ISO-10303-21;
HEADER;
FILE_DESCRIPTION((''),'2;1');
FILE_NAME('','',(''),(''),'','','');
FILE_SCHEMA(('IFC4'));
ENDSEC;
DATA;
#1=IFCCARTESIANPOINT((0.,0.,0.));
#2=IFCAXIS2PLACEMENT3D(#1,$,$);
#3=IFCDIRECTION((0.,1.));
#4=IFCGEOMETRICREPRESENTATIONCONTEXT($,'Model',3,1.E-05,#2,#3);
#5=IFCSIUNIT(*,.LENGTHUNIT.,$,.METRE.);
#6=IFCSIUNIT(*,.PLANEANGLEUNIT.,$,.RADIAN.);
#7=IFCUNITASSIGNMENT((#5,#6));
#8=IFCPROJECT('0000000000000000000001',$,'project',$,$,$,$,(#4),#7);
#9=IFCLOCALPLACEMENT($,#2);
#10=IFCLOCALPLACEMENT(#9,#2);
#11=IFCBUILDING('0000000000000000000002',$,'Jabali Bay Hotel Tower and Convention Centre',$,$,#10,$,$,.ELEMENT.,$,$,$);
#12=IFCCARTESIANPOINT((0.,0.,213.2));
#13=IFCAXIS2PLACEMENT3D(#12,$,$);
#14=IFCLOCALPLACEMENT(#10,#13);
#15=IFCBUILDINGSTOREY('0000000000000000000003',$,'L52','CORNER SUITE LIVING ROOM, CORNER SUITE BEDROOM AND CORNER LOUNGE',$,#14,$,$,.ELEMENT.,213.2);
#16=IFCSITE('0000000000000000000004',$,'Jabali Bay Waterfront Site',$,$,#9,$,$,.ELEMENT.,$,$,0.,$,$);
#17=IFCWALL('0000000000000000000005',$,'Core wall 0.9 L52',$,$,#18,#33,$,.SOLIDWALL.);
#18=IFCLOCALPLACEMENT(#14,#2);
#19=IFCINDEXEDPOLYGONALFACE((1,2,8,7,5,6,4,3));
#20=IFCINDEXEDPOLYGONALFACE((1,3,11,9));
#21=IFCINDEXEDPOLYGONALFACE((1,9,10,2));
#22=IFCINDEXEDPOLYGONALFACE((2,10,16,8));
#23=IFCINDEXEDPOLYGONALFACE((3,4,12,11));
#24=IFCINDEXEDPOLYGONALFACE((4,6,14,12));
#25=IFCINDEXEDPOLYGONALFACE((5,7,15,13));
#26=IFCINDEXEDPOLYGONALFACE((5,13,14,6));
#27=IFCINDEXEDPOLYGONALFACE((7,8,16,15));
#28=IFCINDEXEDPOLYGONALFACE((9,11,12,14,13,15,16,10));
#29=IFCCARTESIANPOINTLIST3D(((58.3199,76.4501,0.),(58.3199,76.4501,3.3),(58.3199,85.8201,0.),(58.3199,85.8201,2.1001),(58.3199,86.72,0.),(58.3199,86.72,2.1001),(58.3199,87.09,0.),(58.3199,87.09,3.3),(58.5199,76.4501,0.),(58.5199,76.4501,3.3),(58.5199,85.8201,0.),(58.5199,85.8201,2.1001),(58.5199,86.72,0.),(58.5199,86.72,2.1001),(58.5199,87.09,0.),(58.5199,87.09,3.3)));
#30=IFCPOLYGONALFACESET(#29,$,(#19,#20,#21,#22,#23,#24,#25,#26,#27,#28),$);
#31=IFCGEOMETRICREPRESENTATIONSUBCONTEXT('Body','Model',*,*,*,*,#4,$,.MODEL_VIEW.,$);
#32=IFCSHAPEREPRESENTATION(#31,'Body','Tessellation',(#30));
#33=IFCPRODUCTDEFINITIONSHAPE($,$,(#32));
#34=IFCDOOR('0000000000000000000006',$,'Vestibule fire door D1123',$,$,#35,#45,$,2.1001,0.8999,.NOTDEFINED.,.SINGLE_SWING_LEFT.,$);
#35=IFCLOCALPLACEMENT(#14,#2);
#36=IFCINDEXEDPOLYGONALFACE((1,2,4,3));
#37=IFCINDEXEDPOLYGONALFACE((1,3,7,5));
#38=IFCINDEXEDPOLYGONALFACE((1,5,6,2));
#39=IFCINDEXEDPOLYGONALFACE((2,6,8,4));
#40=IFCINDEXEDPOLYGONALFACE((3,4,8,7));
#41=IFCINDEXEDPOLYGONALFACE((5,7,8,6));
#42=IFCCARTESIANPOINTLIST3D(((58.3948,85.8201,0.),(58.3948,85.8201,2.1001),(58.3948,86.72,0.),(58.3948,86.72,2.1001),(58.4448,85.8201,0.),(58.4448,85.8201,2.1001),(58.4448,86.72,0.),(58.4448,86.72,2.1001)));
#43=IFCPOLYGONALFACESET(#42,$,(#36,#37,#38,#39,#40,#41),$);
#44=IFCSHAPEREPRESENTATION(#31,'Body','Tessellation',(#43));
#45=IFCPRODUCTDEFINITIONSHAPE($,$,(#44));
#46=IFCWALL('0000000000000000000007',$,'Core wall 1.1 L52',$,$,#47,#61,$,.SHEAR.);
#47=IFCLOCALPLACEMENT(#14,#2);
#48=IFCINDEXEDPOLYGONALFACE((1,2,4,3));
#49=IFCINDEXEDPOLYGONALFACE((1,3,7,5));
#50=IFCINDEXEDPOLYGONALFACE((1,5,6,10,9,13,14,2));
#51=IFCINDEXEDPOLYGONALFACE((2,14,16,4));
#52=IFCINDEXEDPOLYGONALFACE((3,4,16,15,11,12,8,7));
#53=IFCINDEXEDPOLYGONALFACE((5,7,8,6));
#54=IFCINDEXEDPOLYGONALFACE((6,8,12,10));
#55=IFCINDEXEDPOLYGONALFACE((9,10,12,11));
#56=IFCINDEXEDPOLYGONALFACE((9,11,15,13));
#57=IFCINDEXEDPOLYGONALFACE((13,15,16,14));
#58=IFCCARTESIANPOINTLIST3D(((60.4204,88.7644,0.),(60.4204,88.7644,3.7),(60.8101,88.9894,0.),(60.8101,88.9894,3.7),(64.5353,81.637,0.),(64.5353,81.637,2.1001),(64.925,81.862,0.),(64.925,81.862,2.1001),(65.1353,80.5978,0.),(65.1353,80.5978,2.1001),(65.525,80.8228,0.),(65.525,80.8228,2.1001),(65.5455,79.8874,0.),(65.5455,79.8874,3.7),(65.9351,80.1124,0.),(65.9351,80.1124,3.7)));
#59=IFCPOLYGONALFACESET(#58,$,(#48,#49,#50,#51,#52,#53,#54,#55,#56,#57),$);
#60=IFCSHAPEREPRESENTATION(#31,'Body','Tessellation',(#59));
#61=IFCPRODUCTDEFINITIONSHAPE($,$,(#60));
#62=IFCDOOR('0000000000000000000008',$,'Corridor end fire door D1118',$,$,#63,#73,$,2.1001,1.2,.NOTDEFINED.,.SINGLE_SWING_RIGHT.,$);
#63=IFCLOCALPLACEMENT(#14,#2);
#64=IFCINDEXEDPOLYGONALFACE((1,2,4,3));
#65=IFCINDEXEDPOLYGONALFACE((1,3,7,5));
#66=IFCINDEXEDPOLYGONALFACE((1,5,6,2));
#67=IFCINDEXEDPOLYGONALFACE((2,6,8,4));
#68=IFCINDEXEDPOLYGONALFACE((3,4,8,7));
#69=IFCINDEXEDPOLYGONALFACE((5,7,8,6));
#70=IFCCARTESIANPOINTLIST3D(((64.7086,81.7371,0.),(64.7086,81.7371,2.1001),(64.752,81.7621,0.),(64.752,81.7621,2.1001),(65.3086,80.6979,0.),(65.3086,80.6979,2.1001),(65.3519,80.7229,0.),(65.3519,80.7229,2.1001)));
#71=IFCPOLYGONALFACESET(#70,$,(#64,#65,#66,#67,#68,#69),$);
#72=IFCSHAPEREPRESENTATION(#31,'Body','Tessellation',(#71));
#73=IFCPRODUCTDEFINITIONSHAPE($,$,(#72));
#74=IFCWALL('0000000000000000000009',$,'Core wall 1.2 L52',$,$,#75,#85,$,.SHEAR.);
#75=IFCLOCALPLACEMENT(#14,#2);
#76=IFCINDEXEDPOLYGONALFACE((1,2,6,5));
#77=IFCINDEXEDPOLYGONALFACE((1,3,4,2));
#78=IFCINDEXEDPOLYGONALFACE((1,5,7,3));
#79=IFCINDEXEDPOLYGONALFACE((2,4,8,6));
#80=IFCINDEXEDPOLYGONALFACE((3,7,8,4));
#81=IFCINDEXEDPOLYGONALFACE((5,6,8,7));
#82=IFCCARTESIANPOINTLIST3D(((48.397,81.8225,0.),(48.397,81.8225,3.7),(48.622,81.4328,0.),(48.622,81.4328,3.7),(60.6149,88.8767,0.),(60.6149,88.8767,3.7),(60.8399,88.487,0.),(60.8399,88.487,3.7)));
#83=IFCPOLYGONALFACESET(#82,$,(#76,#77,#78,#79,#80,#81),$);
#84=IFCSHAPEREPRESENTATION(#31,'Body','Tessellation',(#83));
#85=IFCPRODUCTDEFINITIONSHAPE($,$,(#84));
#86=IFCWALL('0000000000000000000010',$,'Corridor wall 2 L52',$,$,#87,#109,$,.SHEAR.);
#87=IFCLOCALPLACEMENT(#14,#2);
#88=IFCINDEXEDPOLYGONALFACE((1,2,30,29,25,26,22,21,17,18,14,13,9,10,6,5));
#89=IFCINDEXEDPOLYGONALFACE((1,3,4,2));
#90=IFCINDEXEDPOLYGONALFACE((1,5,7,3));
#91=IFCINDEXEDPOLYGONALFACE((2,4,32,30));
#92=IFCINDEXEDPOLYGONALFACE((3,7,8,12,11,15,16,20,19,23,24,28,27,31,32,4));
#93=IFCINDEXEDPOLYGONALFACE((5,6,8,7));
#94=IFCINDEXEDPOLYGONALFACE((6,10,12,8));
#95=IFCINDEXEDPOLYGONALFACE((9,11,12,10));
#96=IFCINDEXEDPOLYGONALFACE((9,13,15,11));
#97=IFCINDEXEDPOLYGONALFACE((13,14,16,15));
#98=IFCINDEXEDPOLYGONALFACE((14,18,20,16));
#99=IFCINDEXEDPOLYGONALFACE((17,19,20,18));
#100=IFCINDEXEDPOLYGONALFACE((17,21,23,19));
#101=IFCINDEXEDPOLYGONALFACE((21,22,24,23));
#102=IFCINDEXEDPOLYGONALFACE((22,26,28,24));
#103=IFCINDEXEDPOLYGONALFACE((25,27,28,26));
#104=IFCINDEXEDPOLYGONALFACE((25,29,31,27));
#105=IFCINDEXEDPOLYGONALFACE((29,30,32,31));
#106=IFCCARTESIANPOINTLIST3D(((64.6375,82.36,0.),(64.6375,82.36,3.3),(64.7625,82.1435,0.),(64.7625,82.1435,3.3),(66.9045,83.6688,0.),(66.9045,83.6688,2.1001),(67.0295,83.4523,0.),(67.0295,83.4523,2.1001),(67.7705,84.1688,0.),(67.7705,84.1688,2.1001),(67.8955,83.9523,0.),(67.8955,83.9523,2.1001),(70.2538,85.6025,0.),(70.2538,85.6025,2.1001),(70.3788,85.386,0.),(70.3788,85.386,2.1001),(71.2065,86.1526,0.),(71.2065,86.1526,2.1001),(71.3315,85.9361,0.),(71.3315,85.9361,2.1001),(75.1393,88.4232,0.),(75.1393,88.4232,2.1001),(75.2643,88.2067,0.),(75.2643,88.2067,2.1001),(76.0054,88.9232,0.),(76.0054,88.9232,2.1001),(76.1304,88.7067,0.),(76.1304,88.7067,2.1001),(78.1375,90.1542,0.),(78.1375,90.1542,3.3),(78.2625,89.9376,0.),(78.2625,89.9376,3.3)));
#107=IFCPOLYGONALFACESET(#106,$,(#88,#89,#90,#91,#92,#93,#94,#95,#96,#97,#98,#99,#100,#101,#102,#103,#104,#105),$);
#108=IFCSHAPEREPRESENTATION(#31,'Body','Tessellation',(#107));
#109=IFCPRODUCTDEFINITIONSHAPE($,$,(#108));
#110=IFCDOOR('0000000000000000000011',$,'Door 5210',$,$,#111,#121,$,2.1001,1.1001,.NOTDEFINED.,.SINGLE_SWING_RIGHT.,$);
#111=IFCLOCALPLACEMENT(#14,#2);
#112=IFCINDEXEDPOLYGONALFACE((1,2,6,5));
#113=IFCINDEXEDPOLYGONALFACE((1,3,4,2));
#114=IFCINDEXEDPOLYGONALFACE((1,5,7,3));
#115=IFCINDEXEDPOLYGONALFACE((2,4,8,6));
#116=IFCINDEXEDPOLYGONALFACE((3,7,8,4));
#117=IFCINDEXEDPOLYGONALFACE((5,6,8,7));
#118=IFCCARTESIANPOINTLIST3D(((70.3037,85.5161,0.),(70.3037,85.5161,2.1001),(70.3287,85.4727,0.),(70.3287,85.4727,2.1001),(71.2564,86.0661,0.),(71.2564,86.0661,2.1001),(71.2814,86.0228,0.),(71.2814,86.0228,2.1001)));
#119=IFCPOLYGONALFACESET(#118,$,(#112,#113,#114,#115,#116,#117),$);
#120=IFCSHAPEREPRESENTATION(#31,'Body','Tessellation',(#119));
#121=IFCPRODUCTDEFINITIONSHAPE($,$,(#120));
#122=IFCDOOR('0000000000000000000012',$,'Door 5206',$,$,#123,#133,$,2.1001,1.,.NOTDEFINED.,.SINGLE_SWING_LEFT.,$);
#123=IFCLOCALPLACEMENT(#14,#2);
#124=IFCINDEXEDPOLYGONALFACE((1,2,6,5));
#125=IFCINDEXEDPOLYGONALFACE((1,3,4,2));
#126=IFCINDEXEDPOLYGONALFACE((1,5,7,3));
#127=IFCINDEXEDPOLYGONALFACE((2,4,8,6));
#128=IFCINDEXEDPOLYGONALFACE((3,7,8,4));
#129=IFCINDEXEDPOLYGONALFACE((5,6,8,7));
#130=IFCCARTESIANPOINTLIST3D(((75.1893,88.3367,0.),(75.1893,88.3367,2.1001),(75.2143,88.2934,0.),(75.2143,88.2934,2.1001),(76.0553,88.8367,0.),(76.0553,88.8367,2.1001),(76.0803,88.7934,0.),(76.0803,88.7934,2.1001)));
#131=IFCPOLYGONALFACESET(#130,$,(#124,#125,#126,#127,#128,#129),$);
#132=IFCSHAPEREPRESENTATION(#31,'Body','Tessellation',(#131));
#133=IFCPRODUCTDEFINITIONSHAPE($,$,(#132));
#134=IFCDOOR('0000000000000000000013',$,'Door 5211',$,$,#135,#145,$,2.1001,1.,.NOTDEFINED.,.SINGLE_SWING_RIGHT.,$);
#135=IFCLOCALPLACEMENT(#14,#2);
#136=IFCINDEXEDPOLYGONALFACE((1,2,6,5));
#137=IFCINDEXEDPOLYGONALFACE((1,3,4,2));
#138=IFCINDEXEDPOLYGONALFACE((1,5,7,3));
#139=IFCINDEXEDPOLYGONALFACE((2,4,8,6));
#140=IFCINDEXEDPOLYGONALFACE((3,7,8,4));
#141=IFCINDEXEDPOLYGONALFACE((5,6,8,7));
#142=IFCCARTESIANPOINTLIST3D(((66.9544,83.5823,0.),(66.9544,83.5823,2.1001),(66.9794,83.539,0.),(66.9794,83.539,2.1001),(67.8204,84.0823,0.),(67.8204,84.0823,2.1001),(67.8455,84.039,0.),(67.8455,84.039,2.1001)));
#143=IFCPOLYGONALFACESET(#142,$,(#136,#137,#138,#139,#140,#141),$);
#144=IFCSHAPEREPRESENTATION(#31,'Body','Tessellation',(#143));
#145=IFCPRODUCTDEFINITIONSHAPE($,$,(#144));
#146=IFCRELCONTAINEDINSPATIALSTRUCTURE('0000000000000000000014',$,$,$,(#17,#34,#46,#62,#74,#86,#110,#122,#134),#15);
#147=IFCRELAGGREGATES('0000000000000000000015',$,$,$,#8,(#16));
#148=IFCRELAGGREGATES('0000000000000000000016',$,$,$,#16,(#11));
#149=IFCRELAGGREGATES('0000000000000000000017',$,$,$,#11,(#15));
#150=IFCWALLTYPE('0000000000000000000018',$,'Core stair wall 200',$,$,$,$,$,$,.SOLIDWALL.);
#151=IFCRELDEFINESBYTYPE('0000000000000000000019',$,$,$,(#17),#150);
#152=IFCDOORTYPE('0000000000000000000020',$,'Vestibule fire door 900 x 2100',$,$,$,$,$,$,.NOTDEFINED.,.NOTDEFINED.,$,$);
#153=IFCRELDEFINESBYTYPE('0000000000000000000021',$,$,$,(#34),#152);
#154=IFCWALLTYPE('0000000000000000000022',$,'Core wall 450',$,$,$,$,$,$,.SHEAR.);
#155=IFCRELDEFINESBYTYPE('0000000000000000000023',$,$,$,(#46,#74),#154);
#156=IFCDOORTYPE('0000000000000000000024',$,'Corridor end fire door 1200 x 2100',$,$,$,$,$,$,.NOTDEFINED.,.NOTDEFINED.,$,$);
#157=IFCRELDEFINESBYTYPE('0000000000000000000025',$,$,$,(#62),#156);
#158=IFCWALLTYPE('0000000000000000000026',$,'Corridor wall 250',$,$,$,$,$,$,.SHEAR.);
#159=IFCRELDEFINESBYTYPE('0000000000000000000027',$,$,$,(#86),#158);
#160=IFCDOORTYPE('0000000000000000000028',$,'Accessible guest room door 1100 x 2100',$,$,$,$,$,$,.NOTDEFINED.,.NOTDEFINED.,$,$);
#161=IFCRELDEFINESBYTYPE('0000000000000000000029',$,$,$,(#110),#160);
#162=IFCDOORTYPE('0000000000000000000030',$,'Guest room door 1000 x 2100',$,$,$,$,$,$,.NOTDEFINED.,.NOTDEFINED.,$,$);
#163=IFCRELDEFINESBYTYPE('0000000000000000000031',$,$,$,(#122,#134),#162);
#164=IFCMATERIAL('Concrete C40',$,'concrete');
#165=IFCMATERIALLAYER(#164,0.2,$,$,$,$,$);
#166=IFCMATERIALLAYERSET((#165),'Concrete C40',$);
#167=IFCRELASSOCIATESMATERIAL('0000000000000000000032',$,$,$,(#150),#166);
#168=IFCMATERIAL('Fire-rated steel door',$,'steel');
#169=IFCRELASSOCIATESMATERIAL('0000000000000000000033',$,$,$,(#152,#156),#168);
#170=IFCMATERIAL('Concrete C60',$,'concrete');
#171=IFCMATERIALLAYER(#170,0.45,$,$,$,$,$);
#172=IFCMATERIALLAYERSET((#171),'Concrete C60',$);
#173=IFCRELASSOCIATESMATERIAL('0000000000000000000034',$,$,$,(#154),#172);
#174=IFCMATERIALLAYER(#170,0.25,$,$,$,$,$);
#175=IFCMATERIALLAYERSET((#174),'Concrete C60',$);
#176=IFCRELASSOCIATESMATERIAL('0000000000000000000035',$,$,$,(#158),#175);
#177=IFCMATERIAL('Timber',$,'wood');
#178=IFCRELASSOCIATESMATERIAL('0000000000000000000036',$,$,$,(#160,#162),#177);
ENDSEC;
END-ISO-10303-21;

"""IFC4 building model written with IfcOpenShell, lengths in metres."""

from ifc_helpers import new_model, si_unit, direction, frame, frame_2d, origin, place, context, subcontext, project, spatial, rectangle, extrude, material, layer, layer_set, type_object, element, fill, save


model = new_model("IFC4")

# Units and contexts
model_context = context("Model", 3, precision=1e-05, world=origin(), true_north=direction((0.0, 1.0)))
body_context = subcontext(model_context, "Body", "Model", "MODEL_VIEW")
ifc_project = project(units=[si_unit("LENGTHUNIT", "METRE"), si_unit("PLANEANGLEUNIT", "RADIAN")], contexts=[model_context])

# Site, building, storey
site_placement = place(None, origin())
site = spatial("IfcSite", under=ifc_project, at=site_placement, Name="Jabali Bay Waterfront Site", CompositionType="ELEMENT", RefElevation=0.0)
building_placement = place(site_placement, origin())
building = spatial("IfcBuilding", under=site, at=building_placement, Name="Jabali Bay Hotel Tower and Convention Centre", CompositionType="ELEMENT")
storey_placement = place(building_placement, frame((0.0, 0.0, 213.2)))
storey = spatial("IfcBuildingStorey", under=building, at=storey_placement, Name="L52", Description="CORNER SUITE LIVING ROOM, CORNER SUITE BEDROOM AND CORNER LOUNGE", CompositionType="ELEMENT", Elevation=213.2)

# Shared definitions
ifc_material_1 = material(Name="Fire-rated steel door", Category="steel")

# Shared definitions
ifc_material_2 = material(Name="Concrete C40", Category="concrete")
ifc_layer_1 = layer(ifc_material_2, 0.2)
ifc_layer_set_1 = layer_set([ifc_layer_1], Name="Concrete C40")
wall_type_1 = type_object("IfcWallType", Name="Core stair wall 200", PredefinedType="SOLIDWALL", material=ifc_layer_set_1)

# Walls, openings, doors
wall_1_placement = place(storey_placement, frame((58.4199, 87.0898, 0.0), z_axis=(0.0, 0.0, 1.0), x_axis=(0.0, -1.0, 0.0)))
wall_1 = element("IfcWall", 1, at=wall_1_placement, inside=storey, type_object=wall_type_1, Name="Core wall 0.9 L52", PredefinedType="SOLIDWALL", context=body_context, shape_type="SweptSolid", body=[
    extrude(rectangle(XDim=10.6399, YDim=0.2, at=frame_2d((5.3198, 0.0))), origin(), (0.0, 0.0, 1.0), 3.3),
])
opening_1_placement = place(wall_1_placement, frame((0.3699, 0.0, 0.0)))
opening_1 = element("IfcOpeningElement", 2, at=opening_1_placement, cuts=wall_1, PredefinedType="OPENING", context=body_context, shape_type="SweptSolid", body=[
    extrude(rectangle(XDim=0.8999, YDim=2.1001, at=frame_2d((0.45, 1.05))), frame((0.0, 0.1104, 0.0), z_axis=(0.0, -1.0, 0.0), x_axis=(1.0, 0.0, 0.0)), (0.0, 0.0, 1.0), 0.2209),
])
door_type_1 = type_object("IfcDoorType", Name="Vestibule fire door 900 x 2100", OperationType="NOTDEFINED", PredefinedType="NOTDEFINED", material=ifc_material_1)
door_1_placement = place(opening_1_placement, origin())
door_1 = element("IfcDoor", 3, at=door_1_placement, inside=storey, type_object=door_type_1, Name="Vestibule fire door D1123", OperationType="SINGLE_SWING_LEFT", OverallHeight=2.1001, OverallWidth=0.8999, PredefinedType="NOTDEFINED", context=body_context, shape_type="SweptSolid", body=[
    extrude(rectangle(XDim=0.8999, YDim=2.1001, at=frame_2d((0.45, 1.05))), frame((0.0, 0.0249, 0.0), z_axis=(0.0, -1.0, 0.0), x_axis=(1.0, 0.0, 0.0)), (0.0, 0.0, 1.0), 0.05),
])
fill(opening_1, door_1)
ifc_material_3 = material(Name="Concrete C60", Category="concrete")
ifc_layer_2 = layer(ifc_material_3, 0.45)
ifc_layer_set_2 = layer_set([ifc_layer_2], Name="Concrete C60")
wall_type_2 = type_object("IfcWallType", Name="Core wall 450", PredefinedType="SHEAR", material=ifc_layer_set_2)
wall_2_placement = place(storey_placement, frame((65.7402, 80.0, 0.0), z_axis=(0.0, 0.0, 1.0), x_axis=(-0.499992, 0.86603, 0.0)))
wall_2 = element("IfcWall", 4, at=wall_2_placement, inside=storey, type_object=wall_type_2, Name="Core wall 1.1 L52", PredefinedType="SHEAR", context=body_context, shape_type="SweptSolid", body=[
    extrude(rectangle(XDim=10.2502, YDim=0.45, at=frame_2d((5.125, 0.0))), origin(), (0.0, 0.0, 1.0), 3.7),
])
opening_2_placement = place(wall_2_placement, frame((0.8201, 0.0, 0.0)))
opening_2 = element("IfcOpeningElement", 5, at=opening_2_placement, cuts=wall_2, PredefinedType="OPENING", context=body_context, shape_type="SweptSolid", body=[
    extrude(rectangle(XDim=1.2, YDim=2.1001, at=frame_2d((0.6001, 1.05))), frame((0.0, 0.2354, 0.0), z_axis=(0.0, -1.0, 0.0), x_axis=(1.0, 0.0, 0.0)), (0.0, 0.0, 1.0), 0.4709),
])
door_type_2 = type_object("IfcDoorType", Name="Corridor end fire door 1200 x 2100", OperationType="NOTDEFINED", PredefinedType="NOTDEFINED", material=ifc_material_1)
door_2_placement = place(opening_2_placement, origin())
door_2 = element("IfcDoor", 6, at=door_2_placement, inside=storey, type_object=door_type_2, Name="Corridor end fire door D1118", OperationType="SINGLE_SWING_RIGHT", OverallHeight=2.1001, OverallWidth=1.2, PredefinedType="NOTDEFINED", context=body_context, shape_type="SweptSolid", body=[
    extrude(rectangle(XDim=1.2, YDim=2.1001, at=frame_2d((0.6001, 1.05))), frame((0.0, 0.0249, 0.0), z_axis=(0.0, -1.0, 0.0), x_axis=(1.0, 0.0, 0.0)), (0.0, 0.0, 1.0), 0.05),
])
fill(opening_2, door_2)

# Wall
wall_3_placement = place(storey_placement, frame((60.7275, 88.6819, 0.0), z_axis=(0.0, 0.0, 1.0), x_axis=(-0.866022, -0.500007, 0.0)))
element("IfcWall", 7, at=wall_3_placement, inside=storey, type_object=wall_type_2, Name="Core wall 1.2 L52", PredefinedType="SHEAR", context=body_context, shape_type="SweptSolid", body=[
    extrude(rectangle(XDim=14.1082, YDim=0.45, at=frame_2d((7.0542, 0.0))), origin(), (0.0, 0.0, 1.0), 3.7),
])

# Wall, openings, doors
ifc_layer_3 = layer(ifc_material_3, 0.25)
ifc_layer_set_3 = layer_set([ifc_layer_3], Name="Concrete C60")
wall_type_3 = type_object("IfcWallType", Name="Corridor wall 250", PredefinedType="SHEAR", material=ifc_layer_set_3)
wall_4_placement = place(storey_placement, frame((78.2, 90.0459, 0.0), z_axis=(0.0, 0.0, 1.0), x_axis=(-0.866026, -0.499998, 0.0)))
wall_4 = element("IfcWall", 8, at=wall_4_placement, inside=storey, type_object=wall_type_3, Name="Corridor wall 2 L52", PredefinedType="SHEAR", context=body_context, shape_type="SweptSolid", body=[
    extrude(rectangle(XDim=15.5884, YDim=0.25, at=frame_2d((7.7942, 0.0))), origin(), (0.0, 0.0, 1.0), 3.3),
])
opening_3_placement = place(wall_4_placement, frame((2.4619, 0.0, 0.0)))
opening_3 = element("IfcOpeningElement", 9, at=opening_3_placement, cuts=wall_4, PredefinedType="OPENING", context=body_context, shape_type="SweptSolid", body=[
    extrude(rectangle(XDim=1.0, YDim=2.1001, at=frame_2d((0.5, 1.05))), frame((0.0, 0.1355, 0.0), z_axis=(0.0, -1.0, 0.0), x_axis=(1.0, 0.0, 0.0)), (0.0, 0.0, 1.0), 0.271),
])
opening_4_placement = place(wall_4_placement, frame((8.0032, 0.0, 0.0)))
opening_4 = element("IfcOpeningElement", 10, at=opening_4_placement, cuts=wall_4, PredefinedType="OPENING", context=body_context, shape_type="SweptSolid", body=[
    extrude(rectangle(XDim=1.1001, YDim=2.1001, at=frame_2d((0.55, 1.05))), frame((0.0, 0.1355, 0.0), z_axis=(0.0, -1.0, 0.0), x_axis=(1.0, 0.0, 0.0)), (0.0, 0.0, 1.0), 0.271),
])
opening_5_placement = place(wall_4_placement, frame((11.9707, 0.0, 0.0)))
opening_5 = element("IfcOpeningElement", 11, at=opening_5_placement, cuts=wall_4, PredefinedType="OPENING", context=body_context, shape_type="SweptSolid", body=[
    extrude(rectangle(XDim=1.0, YDim=2.1001, at=frame_2d((0.5, 1.05))), frame((0.0, 0.1355, 0.0), z_axis=(0.0, -1.0, 0.0), x_axis=(1.0, 0.0, 0.0)), (0.0, 0.0, 1.0), 0.271),
])
ifc_material_4 = material(Name="Timber", Category="wood")
door_type_3 = type_object("IfcDoorType", Name="Accessible guest room door 1100 x 2100", OperationType="NOTDEFINED", PredefinedType="NOTDEFINED", material=ifc_material_4)
door_3_placement = place(opening_4_placement, origin())
door_3 = element("IfcDoor", 12, at=door_3_placement, inside=storey, type_object=door_type_3, Name="Door 5210", OperationType="SINGLE_SWING_RIGHT", OverallHeight=2.1001, OverallWidth=1.1001, PredefinedType="NOTDEFINED", context=body_context, shape_type="SweptSolid", body=[
    extrude(rectangle(XDim=1.1001, YDim=2.1001, at=frame_2d((0.55, 1.05))), frame((0.0, 0.0249, 0.0), z_axis=(0.0, -1.0, 0.0), x_axis=(1.0, 0.0, 0.0)), (0.0, 0.0, 1.0), 0.05),
])
fill(opening_4, door_3)
door_type_4 = type_object("IfcDoorType", Name="Guest room door 1000 x 2100", OperationType="NOTDEFINED", PredefinedType="NOTDEFINED", material=ifc_material_4)
door_4_placement = place(opening_3_placement, origin())
door_4 = element("IfcDoor", 13, at=door_4_placement, inside=storey, type_object=door_type_4, Name="Door 5206", OperationType="SINGLE_SWING_LEFT", OverallHeight=2.1001, OverallWidth=1.0, PredefinedType="NOTDEFINED", context=body_context, shape_type="SweptSolid", body=[
    extrude(rectangle(XDim=1.0, YDim=2.1001, at=frame_2d((0.5, 1.05))), frame((0.0, 0.0249, 0.0), z_axis=(0.0, -1.0, 0.0), x_axis=(1.0, 0.0, 0.0)), (0.0, 0.0, 1.0), 0.05),
])
fill(opening_3, door_4)
door_5_placement = place(opening_5_placement, origin())
door_5 = element("IfcDoor", 14, at=door_5_placement, inside=storey, type_object=door_type_4, Name="Door 5211", OperationType="SINGLE_SWING_RIGHT", OverallHeight=2.1001, OverallWidth=1.0, PredefinedType="NOTDEFINED", context=body_context, shape_type="SweptSolid", body=[
    extrude(rectangle(XDim=1.0, YDim=2.1001, at=frame_2d((0.5, 1.05))), frame((0.0, 0.0249, 0.0), z_axis=(0.0, -1.0, 0.0), x_axis=(1.0, 0.0, 0.0)), (0.0, 0.0, 1.0), 0.05),
])
fill(opening_5, door_5)

save(model, "model.ifc")
